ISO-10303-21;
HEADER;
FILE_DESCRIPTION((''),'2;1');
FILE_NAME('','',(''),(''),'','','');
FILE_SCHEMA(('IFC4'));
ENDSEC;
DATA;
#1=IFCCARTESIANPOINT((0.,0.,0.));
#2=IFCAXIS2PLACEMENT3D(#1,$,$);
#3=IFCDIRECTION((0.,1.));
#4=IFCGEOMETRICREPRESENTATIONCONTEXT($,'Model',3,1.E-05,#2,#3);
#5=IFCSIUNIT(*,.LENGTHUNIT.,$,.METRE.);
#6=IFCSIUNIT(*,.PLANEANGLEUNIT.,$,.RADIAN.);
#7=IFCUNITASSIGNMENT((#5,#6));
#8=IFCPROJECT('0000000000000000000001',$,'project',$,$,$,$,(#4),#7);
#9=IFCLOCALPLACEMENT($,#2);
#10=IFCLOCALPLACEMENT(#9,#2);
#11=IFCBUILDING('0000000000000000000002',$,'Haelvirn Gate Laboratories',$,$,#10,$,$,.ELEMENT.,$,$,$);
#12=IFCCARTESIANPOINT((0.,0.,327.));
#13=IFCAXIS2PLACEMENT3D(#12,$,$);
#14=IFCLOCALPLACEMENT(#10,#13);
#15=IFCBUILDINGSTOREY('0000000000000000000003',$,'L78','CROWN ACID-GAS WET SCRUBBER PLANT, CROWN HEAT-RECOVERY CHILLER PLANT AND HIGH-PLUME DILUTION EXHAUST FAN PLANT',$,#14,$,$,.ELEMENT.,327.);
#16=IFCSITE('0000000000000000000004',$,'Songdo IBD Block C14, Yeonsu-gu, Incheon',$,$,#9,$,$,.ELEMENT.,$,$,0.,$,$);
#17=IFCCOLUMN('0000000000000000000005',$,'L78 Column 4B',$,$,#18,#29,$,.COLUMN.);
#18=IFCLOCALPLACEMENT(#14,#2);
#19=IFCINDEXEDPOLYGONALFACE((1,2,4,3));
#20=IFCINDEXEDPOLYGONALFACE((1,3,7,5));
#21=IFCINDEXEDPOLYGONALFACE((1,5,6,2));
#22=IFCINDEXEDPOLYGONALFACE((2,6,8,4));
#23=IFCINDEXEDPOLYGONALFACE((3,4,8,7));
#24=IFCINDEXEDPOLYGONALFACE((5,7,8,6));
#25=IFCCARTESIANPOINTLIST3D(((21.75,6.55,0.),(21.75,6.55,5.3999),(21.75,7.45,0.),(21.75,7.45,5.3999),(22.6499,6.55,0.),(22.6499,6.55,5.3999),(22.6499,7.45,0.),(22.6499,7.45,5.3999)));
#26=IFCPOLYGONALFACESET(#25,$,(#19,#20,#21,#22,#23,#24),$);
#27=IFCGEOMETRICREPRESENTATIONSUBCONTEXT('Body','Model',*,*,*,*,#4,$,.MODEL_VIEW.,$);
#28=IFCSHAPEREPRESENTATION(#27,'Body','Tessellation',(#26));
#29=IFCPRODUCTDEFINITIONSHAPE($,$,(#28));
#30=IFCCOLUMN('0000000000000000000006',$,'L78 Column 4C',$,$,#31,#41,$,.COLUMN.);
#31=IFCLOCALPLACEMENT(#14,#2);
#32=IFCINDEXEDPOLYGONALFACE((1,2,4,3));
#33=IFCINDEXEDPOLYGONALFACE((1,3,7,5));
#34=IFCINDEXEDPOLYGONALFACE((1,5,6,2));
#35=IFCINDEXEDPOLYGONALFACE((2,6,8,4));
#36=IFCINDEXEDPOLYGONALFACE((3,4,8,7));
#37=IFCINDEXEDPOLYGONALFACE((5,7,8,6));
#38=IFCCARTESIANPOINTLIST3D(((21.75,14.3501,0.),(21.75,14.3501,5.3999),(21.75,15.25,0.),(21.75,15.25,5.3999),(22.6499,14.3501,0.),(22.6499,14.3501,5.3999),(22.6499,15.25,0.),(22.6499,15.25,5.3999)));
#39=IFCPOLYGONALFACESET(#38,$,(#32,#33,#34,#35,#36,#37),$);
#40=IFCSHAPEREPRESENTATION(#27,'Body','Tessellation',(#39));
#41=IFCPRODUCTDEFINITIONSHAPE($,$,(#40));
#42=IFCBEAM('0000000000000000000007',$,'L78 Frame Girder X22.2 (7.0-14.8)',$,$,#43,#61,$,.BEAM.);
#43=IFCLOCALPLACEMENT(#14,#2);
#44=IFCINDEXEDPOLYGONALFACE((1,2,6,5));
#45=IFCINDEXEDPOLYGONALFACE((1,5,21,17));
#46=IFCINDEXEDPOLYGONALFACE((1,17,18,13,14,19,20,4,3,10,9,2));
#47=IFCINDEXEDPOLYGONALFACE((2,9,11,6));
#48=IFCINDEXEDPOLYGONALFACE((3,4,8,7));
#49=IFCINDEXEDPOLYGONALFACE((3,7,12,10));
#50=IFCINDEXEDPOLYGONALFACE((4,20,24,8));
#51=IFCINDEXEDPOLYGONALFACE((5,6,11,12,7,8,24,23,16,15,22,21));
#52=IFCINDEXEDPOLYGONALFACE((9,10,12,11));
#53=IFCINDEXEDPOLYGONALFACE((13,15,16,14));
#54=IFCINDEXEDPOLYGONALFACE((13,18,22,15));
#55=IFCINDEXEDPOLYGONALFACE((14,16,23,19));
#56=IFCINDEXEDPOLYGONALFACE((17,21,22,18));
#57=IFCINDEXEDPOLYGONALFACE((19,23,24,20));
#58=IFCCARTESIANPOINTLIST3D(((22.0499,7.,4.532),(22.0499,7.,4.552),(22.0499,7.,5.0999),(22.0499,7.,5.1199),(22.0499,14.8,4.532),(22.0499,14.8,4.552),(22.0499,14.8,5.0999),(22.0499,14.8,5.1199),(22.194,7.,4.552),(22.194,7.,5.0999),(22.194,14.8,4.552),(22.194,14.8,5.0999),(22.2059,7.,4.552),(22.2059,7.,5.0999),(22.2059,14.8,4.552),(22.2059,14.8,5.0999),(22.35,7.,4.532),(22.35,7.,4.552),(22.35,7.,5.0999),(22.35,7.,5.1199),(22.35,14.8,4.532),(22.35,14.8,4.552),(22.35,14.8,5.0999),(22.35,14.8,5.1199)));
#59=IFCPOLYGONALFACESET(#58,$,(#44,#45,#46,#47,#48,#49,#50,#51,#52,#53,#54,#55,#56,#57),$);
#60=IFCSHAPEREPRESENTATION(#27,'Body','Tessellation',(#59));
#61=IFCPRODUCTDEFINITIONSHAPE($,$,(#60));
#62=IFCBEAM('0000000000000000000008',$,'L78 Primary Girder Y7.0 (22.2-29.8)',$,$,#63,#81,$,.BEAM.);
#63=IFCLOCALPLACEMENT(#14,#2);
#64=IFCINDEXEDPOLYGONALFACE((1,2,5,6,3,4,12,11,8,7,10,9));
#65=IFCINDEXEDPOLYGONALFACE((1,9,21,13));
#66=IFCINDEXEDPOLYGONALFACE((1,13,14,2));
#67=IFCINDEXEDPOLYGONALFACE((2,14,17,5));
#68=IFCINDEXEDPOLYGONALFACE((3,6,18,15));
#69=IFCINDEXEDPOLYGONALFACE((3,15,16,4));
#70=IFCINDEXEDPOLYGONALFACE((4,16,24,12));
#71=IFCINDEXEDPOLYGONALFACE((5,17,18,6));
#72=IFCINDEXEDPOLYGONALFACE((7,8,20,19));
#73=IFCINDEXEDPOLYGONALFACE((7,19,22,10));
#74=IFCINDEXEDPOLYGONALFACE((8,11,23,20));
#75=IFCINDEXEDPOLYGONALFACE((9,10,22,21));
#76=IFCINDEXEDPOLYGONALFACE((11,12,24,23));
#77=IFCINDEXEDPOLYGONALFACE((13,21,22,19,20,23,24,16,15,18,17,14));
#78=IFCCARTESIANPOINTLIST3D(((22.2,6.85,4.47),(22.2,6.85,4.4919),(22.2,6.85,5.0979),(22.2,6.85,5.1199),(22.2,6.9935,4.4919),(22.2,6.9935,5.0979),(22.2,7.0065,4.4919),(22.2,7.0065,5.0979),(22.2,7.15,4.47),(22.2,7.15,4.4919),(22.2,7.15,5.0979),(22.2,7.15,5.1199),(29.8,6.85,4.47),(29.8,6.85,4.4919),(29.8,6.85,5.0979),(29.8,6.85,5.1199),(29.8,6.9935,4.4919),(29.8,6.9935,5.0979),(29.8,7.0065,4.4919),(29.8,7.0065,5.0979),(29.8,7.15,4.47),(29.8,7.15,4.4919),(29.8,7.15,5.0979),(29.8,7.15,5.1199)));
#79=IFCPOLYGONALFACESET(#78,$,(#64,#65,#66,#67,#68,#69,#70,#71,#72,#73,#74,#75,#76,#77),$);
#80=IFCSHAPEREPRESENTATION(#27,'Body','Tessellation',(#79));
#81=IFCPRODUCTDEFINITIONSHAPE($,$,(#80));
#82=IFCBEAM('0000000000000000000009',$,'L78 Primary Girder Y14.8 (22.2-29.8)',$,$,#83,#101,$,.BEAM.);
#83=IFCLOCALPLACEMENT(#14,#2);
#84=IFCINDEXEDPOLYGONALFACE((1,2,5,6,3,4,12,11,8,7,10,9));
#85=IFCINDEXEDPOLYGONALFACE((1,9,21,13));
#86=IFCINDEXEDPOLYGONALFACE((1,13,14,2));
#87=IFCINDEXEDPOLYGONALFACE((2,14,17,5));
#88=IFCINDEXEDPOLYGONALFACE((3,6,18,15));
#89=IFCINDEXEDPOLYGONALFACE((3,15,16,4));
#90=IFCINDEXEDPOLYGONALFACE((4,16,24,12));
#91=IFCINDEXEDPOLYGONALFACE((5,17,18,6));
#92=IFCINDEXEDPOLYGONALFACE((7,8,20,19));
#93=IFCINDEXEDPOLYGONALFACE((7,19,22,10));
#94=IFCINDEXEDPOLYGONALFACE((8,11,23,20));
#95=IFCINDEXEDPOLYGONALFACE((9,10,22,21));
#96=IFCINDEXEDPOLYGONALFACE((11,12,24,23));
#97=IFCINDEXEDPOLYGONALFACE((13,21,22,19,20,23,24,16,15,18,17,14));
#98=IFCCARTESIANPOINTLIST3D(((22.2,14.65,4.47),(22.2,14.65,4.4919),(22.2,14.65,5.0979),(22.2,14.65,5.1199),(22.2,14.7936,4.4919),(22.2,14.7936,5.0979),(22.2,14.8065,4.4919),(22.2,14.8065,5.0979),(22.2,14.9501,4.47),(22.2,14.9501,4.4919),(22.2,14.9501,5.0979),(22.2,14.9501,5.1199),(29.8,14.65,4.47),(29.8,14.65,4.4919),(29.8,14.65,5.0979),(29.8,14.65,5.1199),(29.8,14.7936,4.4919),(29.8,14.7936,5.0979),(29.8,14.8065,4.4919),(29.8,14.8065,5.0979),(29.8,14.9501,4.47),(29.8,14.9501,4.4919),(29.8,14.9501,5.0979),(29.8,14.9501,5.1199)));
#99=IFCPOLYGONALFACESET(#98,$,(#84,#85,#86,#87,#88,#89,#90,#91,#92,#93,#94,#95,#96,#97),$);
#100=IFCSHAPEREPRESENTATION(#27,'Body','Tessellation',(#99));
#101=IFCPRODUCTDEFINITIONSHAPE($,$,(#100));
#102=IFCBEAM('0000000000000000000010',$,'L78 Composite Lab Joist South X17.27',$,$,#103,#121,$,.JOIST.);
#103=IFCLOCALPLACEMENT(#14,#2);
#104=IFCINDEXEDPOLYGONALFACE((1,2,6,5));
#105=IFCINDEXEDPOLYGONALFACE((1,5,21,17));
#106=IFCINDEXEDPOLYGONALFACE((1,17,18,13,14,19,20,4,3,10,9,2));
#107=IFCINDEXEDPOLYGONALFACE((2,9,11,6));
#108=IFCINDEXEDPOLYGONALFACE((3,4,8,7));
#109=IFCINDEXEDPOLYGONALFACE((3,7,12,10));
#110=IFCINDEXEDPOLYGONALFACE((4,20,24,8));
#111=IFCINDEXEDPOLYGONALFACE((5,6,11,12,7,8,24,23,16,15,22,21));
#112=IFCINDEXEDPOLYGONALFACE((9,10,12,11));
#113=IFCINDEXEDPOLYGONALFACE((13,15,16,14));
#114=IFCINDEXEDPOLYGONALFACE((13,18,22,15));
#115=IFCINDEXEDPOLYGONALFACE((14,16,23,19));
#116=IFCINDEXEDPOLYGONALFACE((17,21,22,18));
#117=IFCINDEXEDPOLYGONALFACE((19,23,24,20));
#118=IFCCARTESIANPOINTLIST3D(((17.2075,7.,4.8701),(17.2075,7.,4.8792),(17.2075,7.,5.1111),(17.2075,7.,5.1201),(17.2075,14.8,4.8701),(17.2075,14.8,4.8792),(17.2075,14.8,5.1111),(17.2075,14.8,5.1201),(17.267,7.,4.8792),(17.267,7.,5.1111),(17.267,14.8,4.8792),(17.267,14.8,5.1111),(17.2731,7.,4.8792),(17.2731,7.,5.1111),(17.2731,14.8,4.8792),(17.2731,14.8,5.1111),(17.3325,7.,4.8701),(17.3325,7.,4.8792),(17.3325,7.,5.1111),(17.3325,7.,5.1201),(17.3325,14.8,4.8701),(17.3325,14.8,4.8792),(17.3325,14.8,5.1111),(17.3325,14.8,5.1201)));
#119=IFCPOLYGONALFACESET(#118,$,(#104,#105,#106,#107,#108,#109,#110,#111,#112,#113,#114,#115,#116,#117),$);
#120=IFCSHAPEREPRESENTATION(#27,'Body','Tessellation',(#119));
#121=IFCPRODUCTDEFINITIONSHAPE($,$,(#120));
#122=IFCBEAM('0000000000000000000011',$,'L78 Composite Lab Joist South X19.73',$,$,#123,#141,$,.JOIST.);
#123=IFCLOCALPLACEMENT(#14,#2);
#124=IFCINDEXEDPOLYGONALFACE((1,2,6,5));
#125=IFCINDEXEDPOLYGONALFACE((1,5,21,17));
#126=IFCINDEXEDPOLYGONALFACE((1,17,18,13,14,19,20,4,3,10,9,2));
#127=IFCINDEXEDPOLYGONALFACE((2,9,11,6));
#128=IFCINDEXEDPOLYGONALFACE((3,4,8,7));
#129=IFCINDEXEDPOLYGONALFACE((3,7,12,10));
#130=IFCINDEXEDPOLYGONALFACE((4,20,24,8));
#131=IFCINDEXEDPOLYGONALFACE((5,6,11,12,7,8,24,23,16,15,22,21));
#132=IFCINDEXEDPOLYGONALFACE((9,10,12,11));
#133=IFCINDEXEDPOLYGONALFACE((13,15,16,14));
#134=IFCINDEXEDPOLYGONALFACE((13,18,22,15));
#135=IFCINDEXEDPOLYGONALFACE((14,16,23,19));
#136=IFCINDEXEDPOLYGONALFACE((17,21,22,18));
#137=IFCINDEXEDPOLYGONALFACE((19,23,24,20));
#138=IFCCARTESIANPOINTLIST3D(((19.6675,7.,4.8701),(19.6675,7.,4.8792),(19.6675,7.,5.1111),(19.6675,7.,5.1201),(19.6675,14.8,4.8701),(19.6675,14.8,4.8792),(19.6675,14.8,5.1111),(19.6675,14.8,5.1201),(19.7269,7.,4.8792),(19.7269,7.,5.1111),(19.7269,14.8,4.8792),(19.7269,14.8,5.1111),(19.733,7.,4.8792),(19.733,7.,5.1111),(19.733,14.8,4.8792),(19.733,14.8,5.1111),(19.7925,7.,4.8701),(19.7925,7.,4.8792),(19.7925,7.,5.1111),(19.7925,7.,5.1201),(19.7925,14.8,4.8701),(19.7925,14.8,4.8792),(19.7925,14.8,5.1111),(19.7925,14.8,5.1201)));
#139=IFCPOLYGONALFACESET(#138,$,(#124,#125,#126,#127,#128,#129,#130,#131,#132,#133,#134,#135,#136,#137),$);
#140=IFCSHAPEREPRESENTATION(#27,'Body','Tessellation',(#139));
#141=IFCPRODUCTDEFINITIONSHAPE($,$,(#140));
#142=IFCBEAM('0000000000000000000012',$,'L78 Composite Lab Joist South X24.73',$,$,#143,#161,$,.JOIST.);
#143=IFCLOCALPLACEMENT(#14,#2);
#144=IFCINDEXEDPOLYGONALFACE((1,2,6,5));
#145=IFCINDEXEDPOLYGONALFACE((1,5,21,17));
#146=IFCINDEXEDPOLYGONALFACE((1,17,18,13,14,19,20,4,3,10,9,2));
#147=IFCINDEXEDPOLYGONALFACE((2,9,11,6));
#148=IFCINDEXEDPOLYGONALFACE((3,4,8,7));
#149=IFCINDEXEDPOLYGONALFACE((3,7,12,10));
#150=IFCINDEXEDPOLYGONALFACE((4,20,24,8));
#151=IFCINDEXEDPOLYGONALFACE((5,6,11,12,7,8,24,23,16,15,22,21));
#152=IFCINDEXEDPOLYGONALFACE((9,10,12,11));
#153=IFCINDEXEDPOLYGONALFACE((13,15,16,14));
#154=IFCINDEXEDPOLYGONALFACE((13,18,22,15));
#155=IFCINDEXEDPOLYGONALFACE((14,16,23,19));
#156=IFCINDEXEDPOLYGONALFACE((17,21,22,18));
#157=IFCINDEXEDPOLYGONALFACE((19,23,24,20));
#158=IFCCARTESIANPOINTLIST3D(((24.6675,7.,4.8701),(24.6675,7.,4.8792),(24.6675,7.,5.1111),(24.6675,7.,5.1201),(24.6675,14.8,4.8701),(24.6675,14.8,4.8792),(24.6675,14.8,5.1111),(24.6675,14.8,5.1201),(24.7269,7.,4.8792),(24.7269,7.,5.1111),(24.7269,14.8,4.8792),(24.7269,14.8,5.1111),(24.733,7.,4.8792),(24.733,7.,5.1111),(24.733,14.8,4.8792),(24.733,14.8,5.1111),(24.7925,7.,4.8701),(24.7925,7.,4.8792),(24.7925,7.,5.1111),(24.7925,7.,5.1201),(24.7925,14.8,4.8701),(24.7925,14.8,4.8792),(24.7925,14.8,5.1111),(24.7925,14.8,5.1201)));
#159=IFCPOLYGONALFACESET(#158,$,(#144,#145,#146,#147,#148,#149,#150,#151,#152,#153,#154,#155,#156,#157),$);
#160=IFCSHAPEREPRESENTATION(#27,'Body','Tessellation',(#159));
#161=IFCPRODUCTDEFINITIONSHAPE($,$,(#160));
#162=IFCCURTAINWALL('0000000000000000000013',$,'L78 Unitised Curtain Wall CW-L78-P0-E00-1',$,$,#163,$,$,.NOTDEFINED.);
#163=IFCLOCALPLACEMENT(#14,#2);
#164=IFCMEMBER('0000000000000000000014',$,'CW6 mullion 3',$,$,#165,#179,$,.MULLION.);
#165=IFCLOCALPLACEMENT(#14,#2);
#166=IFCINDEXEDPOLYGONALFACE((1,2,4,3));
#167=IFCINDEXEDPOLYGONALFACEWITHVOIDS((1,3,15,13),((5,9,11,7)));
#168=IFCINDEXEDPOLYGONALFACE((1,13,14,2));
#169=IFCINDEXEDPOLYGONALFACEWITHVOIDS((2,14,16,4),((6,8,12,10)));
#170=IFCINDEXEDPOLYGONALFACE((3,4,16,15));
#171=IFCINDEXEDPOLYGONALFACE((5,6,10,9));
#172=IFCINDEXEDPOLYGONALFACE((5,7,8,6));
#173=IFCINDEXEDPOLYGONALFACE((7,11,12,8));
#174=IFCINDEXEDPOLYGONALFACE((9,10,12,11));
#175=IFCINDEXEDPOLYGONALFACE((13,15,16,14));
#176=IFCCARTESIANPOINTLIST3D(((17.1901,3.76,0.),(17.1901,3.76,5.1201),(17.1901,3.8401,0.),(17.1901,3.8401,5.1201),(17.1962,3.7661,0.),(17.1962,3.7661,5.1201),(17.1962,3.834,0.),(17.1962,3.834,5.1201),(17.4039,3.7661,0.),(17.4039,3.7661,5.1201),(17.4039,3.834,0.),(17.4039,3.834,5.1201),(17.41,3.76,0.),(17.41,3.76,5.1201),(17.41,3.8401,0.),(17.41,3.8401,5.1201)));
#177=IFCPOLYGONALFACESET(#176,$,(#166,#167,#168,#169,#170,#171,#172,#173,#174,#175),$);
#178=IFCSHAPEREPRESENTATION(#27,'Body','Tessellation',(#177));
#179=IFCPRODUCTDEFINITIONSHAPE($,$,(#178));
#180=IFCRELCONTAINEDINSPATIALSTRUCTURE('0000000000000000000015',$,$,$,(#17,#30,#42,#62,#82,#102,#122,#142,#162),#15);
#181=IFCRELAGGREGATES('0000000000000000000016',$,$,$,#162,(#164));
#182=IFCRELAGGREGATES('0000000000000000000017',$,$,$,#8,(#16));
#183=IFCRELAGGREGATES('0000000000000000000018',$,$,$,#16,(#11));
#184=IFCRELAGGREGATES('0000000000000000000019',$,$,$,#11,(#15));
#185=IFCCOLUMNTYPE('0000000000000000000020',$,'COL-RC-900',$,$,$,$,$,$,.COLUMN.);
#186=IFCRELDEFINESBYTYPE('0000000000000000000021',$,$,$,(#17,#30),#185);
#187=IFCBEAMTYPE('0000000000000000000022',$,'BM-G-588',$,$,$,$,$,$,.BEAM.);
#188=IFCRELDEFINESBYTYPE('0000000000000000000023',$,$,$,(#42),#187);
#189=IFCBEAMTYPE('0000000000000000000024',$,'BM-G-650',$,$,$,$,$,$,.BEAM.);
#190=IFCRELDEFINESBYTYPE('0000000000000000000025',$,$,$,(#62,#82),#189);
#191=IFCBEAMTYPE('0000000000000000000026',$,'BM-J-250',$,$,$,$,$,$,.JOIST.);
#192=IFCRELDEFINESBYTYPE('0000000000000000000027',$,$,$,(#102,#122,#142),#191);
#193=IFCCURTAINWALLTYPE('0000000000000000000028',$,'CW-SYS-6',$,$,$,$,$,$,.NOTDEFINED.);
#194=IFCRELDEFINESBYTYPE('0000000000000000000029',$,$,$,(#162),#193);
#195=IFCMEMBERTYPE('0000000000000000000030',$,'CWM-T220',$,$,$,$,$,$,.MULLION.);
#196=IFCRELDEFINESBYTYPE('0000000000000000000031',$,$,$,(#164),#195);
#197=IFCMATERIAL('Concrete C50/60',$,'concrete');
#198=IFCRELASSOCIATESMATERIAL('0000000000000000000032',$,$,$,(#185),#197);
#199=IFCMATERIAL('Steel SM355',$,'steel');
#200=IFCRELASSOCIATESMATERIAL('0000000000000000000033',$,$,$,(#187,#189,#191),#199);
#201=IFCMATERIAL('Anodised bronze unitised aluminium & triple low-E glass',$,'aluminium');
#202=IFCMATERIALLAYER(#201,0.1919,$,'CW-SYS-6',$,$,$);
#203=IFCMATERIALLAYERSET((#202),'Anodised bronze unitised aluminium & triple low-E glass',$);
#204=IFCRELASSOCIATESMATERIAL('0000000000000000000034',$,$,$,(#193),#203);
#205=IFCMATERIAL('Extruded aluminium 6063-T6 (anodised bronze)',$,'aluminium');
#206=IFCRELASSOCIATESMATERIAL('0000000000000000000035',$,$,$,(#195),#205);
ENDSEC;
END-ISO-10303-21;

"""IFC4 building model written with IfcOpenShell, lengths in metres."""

from ifc_helpers import new_model, si_unit, direction, frame, origin, origin_2d, place, context, subcontext, project, spatial, rectangle, hollow_rectangle, i_section, extrude, source, transform, mapped, material, layer, layer_set, material_profile, profile_set, type_object, type_shapes, element, aggregate, save


model = new_model("IFC4")

# Units and contexts
model_context = context("Model", 3, precision=1e-05, world=origin(), true_north=direction((0.0, 1.0)))
body_context = subcontext(model_context, "Body", "Model", "MODEL_VIEW")
ifc_project = project(units=[si_unit("LENGTHUNIT", "METRE"), si_unit("PLANEANGLEUNIT", "RADIAN")], contexts=[model_context])

# Site, building, storey
site_placement = place(None, origin())
site = spatial("IfcSite", under=ifc_project, at=site_placement, Name="Songdo IBD Block C14, Yeonsu-gu, Incheon", CompositionType="ELEMENT", RefElevation=0.0)
building_placement = place(site_placement, origin())
building = spatial("IfcBuilding", under=site, at=building_placement, Name="Haelvirn Gate Laboratories", CompositionType="ELEMENT")
storey_placement = place(building_placement, frame((0.0, 0.0, 327.0)))
storey = spatial("IfcBuildingStorey", under=building, at=storey_placement, Name="L78", Description="CROWN ACID-GAS WET SCRUBBER PLANT, CROWN HEAT-RECOVERY CHILLER PLANT AND HIGH-PLUME DILUTION EXHAUST FAN PLANT", CompositionType="ELEMENT", Elevation=327.0)

# Columns
ifc_material_1 = material(Name="Concrete C50/60", Category="concrete")
ifc_material_profile_1 = material_profile(ifc_material_1, rectangle(XDim=0.8999, YDim=0.8999, at=origin_2d()), Name="RC-900x900")
ifc_profile_set_1 = profile_set([ifc_material_profile_1], Name="Concrete C50/60")
column_type = type_object("IfcColumnType", Name="COL-RC-900", PredefinedType="COLUMN", material=ifc_profile_set_1)
shared_shape_1 = source(origin(), body_context, "Body", "SweptSolid", [
    extrude(rectangle(XDim=0.8999, YDim=0.8999, at=origin_2d()), origin(), (0.0, 0.0, 1.0), 5.3999),
])
type_shapes(column_type, [shared_shape_1])
for number, where, z_axis, x_axis, name in (
    (1, (22.2, 7.0, 0.0), (0.0, 0.0, 1.0), (1.0, 0.0, 0.0), "L78 Column 4B"),
    (2, (22.2, 14.8, 0.0), (0.0, 0.0, 1.0), (1.0, 0.0, 0.0), "L78 Column 4C"),
):
    element("IfcColumn", number, at=place(storey_placement, frame(where, z_axis=z_axis, x_axis=x_axis)), inside=storey, type_object=column_type, Name=name, PredefinedType="COLUMN", context=body_context, shape_type="MappedRepresentation", body=[
        mapped(shared_shape_1, transform((0.0, 0.0, 0.0), scale=1.0)),
    ])

# Beams
ifc_material_2 = material(Name="Steel SM355", Category="steel")
ifc_material_profile_2 = material_profile(ifc_material_2, i_section(OverallWidth=0.3, OverallDepth=0.5879, WebThickness=0.012, FlangeThickness=0.02, at=origin_2d()), Name="H-588x300x12x20")
ifc_profile_set_2 = profile_set([ifc_material_profile_2], Name="Steel SM355")
beam_type_1 = type_object("IfcBeamType", Name="BM-G-588", PredefinedType="BEAM", material=ifc_profile_set_2)
shared_shape_2 = source(origin(), body_context, "Body", "SweptSolid", [
    extrude(i_section(OverallWidth=0.3, OverallDepth=0.5879, WebThickness=0.012, FlangeThickness=0.02, at=origin_2d()), origin(), (0.0, 0.0, 1.0), 7.8),
])
type_shapes(beam_type_1, [shared_shape_2])
beam_placement = place(storey_placement, frame((22.2, 7.0, 4.8259), z_axis=(0.0, 1.0, 0.0), x_axis=(-1.0, 0.0, 0.0)))
element("IfcBeam", 3, at=beam_placement, inside=storey, type_object=beam_type_1, Name="L78 Frame Girder X22.2 (7.0-14.8)", PredefinedType="BEAM", context=body_context, shape_type="MappedRepresentation", body=[
    mapped(shared_shape_2, transform((0.0, 0.0, 0.0), scale=1.0)),
])
ifc_material_profile_3 = material_profile(ifc_material_2, i_section(OverallWidth=0.3, OverallDepth=0.6499, WebThickness=0.0129, FlangeThickness=0.022, at=origin_2d()), Name="H-650x300x13x22")
ifc_profile_set_3 = profile_set([ifc_material_profile_3], Name="Steel SM355")
beam_type_2 = type_object("IfcBeamType", Name="BM-G-650", PredefinedType="BEAM", material=ifc_profile_set_3)
shared_shape_3 = source(origin(), body_context, "Body", "SweptSolid", [
    extrude(i_section(OverallWidth=0.3, OverallDepth=0.6499, WebThickness=0.0129, FlangeThickness=0.022, at=origin_2d()), origin(), (0.0, 0.0, 1.0), 7.6001),
])
type_shapes(beam_type_2, [shared_shape_3])
for number, where, z_axis, x_axis, name in (
    (4, (22.2, 7.0, 4.7949), (1.0, 0.0, 0.0), (0.0, 1.0, 0.0), "L78 Primary Girder Y7.0 (22.2-29.8)"),
    (5, (22.2, 14.8, 4.7949), (1.0, 0.0, 0.0), (0.0, 1.0, 0.0), "L78 Primary Girder Y14.8 (22.2-29.8)"),
):
    element("IfcBeam", number, at=place(storey_placement, frame(where, z_axis=z_axis, x_axis=x_axis)), inside=storey, type_object=beam_type_2, Name=name, PredefinedType="BEAM", context=body_context, shape_type="MappedRepresentation", body=[
        mapped(shared_shape_3, transform((0.0, 0.0, 0.0), scale=1.0)),
    ])
ifc_material_profile_4 = material_profile(ifc_material_2, i_section(OverallWidth=0.125, OverallDepth=0.25, WebThickness=0.0061, FlangeThickness=0.009, at=origin_2d()), Name="H-250x125x6x9")
ifc_profile_set_4 = profile_set([ifc_material_profile_4], Name="Steel SM355")
beam_type_3 = type_object("IfcBeamType", Name="BM-J-250", PredefinedType="JOIST", material=ifc_profile_set_4)
shared_shape_4 = source(origin(), body_context, "Body", "SweptSolid", [
    extrude(i_section(OverallWidth=0.125, OverallDepth=0.25, WebThickness=0.0061, FlangeThickness=0.009, at=origin_2d()), origin(), (0.0, 0.0, 1.0), 7.8),
])
type_shapes(beam_type_3, [shared_shape_4])
for number, where, z_axis, x_axis, name in (
    (6, (17.27, 7.0, 4.9951), (0.0, 1.0, 0.0), (-1.0, 0.0, 0.0), "L78 Composite Lab Joist South X17.27"),
    (7, (19.73, 7.0, 4.9951), (0.0, 1.0, 0.0), (-1.0, 0.0, 0.0), "L78 Composite Lab Joist South X19.73"),
    (8, (24.73, 7.0, 4.9951), (0.0, 1.0, 0.0), (-1.0, 0.0, 0.0), "L78 Composite Lab Joist South X24.73"),
):
    element("IfcBeam", number, at=place(storey_placement, frame(where, z_axis=z_axis, x_axis=x_axis)), inside=storey, type_object=beam_type_3, Name=name, PredefinedType="JOIST", context=body_context, shape_type="MappedRepresentation", body=[
        mapped(shared_shape_4, transform((0.0, 0.0, 0.0), scale=1.0)),
    ])

# Curtain wall, member
ifc_material_3 = material(Name="Anodised bronze unitised aluminium & triple low-E glass", Category="aluminium")
ifc_layer_1 = layer(ifc_material_3, 0.1919, Name="CW-SYS-6")
ifc_layer_set_1 = layer_set([ifc_layer_1], Name="Anodised bronze unitised aluminium & triple low-E glass")
curtain_wall_type = type_object("IfcCurtainWallType", Name="CW-SYS-6", PredefinedType="NOTDEFINED", material=ifc_layer_set_1)
curtain_wall_1_placement = place(storey_placement, origin())
curtain_wall_1 = element("IfcCurtainWall", 9, at=curtain_wall_1_placement, inside=storey, type_object=curtain_wall_type, Name="L78 Unitised Curtain Wall CW-L78-P0-E00-1", PredefinedType="NOTDEFINED")
ifc_material_4 = material(Name="Extruded aluminium 6063-T6 (anodised bronze)", Category="aluminium")
ifc_material_profile_5 = material_profile(ifc_material_4, hollow_rectangle(XDim=0.0801, YDim=0.22, WallThickness=0.0061, at=origin_2d()), Name="CWM-220x80x6")
ifc_profile_set_5 = profile_set([ifc_material_profile_5], Name="Extruded aluminium 6063-T6 (anodised bronze)")
member_type_1 = type_object("IfcMemberType", Name="CWM-T220", PredefinedType="MULLION", material=ifc_profile_set_5)
shared_shape_5 = source(origin(), body_context, "Body", "SweptSolid", [
    extrude(hollow_rectangle(XDim=0.0801, YDim=0.22, WallThickness=0.0061, at=origin_2d()), origin(), (0.0, 0.0, 1.0), 5.1201),
])
type_shapes(member_type_1, [shared_shape_5])
member_1_placement = place(storey_placement, frame((17.3, 3.8, 0.0), z_axis=(0.0, 0.0, 1.0), x_axis=(0.0, 1.0, 0.0)))
member_1 = element("IfcMember", 10, at=member_1_placement, type_object=member_type_1, Name="CW6 mullion 3", PredefinedType="MULLION", context=body_context, shape_type="MappedRepresentation", body=[
    mapped(shared_shape_5, transform((0.0, 0.0, 0.0), scale=1.0)),
])

aggregate(curtain_wall_1, [member_1])

save(model, "model.ifc")
